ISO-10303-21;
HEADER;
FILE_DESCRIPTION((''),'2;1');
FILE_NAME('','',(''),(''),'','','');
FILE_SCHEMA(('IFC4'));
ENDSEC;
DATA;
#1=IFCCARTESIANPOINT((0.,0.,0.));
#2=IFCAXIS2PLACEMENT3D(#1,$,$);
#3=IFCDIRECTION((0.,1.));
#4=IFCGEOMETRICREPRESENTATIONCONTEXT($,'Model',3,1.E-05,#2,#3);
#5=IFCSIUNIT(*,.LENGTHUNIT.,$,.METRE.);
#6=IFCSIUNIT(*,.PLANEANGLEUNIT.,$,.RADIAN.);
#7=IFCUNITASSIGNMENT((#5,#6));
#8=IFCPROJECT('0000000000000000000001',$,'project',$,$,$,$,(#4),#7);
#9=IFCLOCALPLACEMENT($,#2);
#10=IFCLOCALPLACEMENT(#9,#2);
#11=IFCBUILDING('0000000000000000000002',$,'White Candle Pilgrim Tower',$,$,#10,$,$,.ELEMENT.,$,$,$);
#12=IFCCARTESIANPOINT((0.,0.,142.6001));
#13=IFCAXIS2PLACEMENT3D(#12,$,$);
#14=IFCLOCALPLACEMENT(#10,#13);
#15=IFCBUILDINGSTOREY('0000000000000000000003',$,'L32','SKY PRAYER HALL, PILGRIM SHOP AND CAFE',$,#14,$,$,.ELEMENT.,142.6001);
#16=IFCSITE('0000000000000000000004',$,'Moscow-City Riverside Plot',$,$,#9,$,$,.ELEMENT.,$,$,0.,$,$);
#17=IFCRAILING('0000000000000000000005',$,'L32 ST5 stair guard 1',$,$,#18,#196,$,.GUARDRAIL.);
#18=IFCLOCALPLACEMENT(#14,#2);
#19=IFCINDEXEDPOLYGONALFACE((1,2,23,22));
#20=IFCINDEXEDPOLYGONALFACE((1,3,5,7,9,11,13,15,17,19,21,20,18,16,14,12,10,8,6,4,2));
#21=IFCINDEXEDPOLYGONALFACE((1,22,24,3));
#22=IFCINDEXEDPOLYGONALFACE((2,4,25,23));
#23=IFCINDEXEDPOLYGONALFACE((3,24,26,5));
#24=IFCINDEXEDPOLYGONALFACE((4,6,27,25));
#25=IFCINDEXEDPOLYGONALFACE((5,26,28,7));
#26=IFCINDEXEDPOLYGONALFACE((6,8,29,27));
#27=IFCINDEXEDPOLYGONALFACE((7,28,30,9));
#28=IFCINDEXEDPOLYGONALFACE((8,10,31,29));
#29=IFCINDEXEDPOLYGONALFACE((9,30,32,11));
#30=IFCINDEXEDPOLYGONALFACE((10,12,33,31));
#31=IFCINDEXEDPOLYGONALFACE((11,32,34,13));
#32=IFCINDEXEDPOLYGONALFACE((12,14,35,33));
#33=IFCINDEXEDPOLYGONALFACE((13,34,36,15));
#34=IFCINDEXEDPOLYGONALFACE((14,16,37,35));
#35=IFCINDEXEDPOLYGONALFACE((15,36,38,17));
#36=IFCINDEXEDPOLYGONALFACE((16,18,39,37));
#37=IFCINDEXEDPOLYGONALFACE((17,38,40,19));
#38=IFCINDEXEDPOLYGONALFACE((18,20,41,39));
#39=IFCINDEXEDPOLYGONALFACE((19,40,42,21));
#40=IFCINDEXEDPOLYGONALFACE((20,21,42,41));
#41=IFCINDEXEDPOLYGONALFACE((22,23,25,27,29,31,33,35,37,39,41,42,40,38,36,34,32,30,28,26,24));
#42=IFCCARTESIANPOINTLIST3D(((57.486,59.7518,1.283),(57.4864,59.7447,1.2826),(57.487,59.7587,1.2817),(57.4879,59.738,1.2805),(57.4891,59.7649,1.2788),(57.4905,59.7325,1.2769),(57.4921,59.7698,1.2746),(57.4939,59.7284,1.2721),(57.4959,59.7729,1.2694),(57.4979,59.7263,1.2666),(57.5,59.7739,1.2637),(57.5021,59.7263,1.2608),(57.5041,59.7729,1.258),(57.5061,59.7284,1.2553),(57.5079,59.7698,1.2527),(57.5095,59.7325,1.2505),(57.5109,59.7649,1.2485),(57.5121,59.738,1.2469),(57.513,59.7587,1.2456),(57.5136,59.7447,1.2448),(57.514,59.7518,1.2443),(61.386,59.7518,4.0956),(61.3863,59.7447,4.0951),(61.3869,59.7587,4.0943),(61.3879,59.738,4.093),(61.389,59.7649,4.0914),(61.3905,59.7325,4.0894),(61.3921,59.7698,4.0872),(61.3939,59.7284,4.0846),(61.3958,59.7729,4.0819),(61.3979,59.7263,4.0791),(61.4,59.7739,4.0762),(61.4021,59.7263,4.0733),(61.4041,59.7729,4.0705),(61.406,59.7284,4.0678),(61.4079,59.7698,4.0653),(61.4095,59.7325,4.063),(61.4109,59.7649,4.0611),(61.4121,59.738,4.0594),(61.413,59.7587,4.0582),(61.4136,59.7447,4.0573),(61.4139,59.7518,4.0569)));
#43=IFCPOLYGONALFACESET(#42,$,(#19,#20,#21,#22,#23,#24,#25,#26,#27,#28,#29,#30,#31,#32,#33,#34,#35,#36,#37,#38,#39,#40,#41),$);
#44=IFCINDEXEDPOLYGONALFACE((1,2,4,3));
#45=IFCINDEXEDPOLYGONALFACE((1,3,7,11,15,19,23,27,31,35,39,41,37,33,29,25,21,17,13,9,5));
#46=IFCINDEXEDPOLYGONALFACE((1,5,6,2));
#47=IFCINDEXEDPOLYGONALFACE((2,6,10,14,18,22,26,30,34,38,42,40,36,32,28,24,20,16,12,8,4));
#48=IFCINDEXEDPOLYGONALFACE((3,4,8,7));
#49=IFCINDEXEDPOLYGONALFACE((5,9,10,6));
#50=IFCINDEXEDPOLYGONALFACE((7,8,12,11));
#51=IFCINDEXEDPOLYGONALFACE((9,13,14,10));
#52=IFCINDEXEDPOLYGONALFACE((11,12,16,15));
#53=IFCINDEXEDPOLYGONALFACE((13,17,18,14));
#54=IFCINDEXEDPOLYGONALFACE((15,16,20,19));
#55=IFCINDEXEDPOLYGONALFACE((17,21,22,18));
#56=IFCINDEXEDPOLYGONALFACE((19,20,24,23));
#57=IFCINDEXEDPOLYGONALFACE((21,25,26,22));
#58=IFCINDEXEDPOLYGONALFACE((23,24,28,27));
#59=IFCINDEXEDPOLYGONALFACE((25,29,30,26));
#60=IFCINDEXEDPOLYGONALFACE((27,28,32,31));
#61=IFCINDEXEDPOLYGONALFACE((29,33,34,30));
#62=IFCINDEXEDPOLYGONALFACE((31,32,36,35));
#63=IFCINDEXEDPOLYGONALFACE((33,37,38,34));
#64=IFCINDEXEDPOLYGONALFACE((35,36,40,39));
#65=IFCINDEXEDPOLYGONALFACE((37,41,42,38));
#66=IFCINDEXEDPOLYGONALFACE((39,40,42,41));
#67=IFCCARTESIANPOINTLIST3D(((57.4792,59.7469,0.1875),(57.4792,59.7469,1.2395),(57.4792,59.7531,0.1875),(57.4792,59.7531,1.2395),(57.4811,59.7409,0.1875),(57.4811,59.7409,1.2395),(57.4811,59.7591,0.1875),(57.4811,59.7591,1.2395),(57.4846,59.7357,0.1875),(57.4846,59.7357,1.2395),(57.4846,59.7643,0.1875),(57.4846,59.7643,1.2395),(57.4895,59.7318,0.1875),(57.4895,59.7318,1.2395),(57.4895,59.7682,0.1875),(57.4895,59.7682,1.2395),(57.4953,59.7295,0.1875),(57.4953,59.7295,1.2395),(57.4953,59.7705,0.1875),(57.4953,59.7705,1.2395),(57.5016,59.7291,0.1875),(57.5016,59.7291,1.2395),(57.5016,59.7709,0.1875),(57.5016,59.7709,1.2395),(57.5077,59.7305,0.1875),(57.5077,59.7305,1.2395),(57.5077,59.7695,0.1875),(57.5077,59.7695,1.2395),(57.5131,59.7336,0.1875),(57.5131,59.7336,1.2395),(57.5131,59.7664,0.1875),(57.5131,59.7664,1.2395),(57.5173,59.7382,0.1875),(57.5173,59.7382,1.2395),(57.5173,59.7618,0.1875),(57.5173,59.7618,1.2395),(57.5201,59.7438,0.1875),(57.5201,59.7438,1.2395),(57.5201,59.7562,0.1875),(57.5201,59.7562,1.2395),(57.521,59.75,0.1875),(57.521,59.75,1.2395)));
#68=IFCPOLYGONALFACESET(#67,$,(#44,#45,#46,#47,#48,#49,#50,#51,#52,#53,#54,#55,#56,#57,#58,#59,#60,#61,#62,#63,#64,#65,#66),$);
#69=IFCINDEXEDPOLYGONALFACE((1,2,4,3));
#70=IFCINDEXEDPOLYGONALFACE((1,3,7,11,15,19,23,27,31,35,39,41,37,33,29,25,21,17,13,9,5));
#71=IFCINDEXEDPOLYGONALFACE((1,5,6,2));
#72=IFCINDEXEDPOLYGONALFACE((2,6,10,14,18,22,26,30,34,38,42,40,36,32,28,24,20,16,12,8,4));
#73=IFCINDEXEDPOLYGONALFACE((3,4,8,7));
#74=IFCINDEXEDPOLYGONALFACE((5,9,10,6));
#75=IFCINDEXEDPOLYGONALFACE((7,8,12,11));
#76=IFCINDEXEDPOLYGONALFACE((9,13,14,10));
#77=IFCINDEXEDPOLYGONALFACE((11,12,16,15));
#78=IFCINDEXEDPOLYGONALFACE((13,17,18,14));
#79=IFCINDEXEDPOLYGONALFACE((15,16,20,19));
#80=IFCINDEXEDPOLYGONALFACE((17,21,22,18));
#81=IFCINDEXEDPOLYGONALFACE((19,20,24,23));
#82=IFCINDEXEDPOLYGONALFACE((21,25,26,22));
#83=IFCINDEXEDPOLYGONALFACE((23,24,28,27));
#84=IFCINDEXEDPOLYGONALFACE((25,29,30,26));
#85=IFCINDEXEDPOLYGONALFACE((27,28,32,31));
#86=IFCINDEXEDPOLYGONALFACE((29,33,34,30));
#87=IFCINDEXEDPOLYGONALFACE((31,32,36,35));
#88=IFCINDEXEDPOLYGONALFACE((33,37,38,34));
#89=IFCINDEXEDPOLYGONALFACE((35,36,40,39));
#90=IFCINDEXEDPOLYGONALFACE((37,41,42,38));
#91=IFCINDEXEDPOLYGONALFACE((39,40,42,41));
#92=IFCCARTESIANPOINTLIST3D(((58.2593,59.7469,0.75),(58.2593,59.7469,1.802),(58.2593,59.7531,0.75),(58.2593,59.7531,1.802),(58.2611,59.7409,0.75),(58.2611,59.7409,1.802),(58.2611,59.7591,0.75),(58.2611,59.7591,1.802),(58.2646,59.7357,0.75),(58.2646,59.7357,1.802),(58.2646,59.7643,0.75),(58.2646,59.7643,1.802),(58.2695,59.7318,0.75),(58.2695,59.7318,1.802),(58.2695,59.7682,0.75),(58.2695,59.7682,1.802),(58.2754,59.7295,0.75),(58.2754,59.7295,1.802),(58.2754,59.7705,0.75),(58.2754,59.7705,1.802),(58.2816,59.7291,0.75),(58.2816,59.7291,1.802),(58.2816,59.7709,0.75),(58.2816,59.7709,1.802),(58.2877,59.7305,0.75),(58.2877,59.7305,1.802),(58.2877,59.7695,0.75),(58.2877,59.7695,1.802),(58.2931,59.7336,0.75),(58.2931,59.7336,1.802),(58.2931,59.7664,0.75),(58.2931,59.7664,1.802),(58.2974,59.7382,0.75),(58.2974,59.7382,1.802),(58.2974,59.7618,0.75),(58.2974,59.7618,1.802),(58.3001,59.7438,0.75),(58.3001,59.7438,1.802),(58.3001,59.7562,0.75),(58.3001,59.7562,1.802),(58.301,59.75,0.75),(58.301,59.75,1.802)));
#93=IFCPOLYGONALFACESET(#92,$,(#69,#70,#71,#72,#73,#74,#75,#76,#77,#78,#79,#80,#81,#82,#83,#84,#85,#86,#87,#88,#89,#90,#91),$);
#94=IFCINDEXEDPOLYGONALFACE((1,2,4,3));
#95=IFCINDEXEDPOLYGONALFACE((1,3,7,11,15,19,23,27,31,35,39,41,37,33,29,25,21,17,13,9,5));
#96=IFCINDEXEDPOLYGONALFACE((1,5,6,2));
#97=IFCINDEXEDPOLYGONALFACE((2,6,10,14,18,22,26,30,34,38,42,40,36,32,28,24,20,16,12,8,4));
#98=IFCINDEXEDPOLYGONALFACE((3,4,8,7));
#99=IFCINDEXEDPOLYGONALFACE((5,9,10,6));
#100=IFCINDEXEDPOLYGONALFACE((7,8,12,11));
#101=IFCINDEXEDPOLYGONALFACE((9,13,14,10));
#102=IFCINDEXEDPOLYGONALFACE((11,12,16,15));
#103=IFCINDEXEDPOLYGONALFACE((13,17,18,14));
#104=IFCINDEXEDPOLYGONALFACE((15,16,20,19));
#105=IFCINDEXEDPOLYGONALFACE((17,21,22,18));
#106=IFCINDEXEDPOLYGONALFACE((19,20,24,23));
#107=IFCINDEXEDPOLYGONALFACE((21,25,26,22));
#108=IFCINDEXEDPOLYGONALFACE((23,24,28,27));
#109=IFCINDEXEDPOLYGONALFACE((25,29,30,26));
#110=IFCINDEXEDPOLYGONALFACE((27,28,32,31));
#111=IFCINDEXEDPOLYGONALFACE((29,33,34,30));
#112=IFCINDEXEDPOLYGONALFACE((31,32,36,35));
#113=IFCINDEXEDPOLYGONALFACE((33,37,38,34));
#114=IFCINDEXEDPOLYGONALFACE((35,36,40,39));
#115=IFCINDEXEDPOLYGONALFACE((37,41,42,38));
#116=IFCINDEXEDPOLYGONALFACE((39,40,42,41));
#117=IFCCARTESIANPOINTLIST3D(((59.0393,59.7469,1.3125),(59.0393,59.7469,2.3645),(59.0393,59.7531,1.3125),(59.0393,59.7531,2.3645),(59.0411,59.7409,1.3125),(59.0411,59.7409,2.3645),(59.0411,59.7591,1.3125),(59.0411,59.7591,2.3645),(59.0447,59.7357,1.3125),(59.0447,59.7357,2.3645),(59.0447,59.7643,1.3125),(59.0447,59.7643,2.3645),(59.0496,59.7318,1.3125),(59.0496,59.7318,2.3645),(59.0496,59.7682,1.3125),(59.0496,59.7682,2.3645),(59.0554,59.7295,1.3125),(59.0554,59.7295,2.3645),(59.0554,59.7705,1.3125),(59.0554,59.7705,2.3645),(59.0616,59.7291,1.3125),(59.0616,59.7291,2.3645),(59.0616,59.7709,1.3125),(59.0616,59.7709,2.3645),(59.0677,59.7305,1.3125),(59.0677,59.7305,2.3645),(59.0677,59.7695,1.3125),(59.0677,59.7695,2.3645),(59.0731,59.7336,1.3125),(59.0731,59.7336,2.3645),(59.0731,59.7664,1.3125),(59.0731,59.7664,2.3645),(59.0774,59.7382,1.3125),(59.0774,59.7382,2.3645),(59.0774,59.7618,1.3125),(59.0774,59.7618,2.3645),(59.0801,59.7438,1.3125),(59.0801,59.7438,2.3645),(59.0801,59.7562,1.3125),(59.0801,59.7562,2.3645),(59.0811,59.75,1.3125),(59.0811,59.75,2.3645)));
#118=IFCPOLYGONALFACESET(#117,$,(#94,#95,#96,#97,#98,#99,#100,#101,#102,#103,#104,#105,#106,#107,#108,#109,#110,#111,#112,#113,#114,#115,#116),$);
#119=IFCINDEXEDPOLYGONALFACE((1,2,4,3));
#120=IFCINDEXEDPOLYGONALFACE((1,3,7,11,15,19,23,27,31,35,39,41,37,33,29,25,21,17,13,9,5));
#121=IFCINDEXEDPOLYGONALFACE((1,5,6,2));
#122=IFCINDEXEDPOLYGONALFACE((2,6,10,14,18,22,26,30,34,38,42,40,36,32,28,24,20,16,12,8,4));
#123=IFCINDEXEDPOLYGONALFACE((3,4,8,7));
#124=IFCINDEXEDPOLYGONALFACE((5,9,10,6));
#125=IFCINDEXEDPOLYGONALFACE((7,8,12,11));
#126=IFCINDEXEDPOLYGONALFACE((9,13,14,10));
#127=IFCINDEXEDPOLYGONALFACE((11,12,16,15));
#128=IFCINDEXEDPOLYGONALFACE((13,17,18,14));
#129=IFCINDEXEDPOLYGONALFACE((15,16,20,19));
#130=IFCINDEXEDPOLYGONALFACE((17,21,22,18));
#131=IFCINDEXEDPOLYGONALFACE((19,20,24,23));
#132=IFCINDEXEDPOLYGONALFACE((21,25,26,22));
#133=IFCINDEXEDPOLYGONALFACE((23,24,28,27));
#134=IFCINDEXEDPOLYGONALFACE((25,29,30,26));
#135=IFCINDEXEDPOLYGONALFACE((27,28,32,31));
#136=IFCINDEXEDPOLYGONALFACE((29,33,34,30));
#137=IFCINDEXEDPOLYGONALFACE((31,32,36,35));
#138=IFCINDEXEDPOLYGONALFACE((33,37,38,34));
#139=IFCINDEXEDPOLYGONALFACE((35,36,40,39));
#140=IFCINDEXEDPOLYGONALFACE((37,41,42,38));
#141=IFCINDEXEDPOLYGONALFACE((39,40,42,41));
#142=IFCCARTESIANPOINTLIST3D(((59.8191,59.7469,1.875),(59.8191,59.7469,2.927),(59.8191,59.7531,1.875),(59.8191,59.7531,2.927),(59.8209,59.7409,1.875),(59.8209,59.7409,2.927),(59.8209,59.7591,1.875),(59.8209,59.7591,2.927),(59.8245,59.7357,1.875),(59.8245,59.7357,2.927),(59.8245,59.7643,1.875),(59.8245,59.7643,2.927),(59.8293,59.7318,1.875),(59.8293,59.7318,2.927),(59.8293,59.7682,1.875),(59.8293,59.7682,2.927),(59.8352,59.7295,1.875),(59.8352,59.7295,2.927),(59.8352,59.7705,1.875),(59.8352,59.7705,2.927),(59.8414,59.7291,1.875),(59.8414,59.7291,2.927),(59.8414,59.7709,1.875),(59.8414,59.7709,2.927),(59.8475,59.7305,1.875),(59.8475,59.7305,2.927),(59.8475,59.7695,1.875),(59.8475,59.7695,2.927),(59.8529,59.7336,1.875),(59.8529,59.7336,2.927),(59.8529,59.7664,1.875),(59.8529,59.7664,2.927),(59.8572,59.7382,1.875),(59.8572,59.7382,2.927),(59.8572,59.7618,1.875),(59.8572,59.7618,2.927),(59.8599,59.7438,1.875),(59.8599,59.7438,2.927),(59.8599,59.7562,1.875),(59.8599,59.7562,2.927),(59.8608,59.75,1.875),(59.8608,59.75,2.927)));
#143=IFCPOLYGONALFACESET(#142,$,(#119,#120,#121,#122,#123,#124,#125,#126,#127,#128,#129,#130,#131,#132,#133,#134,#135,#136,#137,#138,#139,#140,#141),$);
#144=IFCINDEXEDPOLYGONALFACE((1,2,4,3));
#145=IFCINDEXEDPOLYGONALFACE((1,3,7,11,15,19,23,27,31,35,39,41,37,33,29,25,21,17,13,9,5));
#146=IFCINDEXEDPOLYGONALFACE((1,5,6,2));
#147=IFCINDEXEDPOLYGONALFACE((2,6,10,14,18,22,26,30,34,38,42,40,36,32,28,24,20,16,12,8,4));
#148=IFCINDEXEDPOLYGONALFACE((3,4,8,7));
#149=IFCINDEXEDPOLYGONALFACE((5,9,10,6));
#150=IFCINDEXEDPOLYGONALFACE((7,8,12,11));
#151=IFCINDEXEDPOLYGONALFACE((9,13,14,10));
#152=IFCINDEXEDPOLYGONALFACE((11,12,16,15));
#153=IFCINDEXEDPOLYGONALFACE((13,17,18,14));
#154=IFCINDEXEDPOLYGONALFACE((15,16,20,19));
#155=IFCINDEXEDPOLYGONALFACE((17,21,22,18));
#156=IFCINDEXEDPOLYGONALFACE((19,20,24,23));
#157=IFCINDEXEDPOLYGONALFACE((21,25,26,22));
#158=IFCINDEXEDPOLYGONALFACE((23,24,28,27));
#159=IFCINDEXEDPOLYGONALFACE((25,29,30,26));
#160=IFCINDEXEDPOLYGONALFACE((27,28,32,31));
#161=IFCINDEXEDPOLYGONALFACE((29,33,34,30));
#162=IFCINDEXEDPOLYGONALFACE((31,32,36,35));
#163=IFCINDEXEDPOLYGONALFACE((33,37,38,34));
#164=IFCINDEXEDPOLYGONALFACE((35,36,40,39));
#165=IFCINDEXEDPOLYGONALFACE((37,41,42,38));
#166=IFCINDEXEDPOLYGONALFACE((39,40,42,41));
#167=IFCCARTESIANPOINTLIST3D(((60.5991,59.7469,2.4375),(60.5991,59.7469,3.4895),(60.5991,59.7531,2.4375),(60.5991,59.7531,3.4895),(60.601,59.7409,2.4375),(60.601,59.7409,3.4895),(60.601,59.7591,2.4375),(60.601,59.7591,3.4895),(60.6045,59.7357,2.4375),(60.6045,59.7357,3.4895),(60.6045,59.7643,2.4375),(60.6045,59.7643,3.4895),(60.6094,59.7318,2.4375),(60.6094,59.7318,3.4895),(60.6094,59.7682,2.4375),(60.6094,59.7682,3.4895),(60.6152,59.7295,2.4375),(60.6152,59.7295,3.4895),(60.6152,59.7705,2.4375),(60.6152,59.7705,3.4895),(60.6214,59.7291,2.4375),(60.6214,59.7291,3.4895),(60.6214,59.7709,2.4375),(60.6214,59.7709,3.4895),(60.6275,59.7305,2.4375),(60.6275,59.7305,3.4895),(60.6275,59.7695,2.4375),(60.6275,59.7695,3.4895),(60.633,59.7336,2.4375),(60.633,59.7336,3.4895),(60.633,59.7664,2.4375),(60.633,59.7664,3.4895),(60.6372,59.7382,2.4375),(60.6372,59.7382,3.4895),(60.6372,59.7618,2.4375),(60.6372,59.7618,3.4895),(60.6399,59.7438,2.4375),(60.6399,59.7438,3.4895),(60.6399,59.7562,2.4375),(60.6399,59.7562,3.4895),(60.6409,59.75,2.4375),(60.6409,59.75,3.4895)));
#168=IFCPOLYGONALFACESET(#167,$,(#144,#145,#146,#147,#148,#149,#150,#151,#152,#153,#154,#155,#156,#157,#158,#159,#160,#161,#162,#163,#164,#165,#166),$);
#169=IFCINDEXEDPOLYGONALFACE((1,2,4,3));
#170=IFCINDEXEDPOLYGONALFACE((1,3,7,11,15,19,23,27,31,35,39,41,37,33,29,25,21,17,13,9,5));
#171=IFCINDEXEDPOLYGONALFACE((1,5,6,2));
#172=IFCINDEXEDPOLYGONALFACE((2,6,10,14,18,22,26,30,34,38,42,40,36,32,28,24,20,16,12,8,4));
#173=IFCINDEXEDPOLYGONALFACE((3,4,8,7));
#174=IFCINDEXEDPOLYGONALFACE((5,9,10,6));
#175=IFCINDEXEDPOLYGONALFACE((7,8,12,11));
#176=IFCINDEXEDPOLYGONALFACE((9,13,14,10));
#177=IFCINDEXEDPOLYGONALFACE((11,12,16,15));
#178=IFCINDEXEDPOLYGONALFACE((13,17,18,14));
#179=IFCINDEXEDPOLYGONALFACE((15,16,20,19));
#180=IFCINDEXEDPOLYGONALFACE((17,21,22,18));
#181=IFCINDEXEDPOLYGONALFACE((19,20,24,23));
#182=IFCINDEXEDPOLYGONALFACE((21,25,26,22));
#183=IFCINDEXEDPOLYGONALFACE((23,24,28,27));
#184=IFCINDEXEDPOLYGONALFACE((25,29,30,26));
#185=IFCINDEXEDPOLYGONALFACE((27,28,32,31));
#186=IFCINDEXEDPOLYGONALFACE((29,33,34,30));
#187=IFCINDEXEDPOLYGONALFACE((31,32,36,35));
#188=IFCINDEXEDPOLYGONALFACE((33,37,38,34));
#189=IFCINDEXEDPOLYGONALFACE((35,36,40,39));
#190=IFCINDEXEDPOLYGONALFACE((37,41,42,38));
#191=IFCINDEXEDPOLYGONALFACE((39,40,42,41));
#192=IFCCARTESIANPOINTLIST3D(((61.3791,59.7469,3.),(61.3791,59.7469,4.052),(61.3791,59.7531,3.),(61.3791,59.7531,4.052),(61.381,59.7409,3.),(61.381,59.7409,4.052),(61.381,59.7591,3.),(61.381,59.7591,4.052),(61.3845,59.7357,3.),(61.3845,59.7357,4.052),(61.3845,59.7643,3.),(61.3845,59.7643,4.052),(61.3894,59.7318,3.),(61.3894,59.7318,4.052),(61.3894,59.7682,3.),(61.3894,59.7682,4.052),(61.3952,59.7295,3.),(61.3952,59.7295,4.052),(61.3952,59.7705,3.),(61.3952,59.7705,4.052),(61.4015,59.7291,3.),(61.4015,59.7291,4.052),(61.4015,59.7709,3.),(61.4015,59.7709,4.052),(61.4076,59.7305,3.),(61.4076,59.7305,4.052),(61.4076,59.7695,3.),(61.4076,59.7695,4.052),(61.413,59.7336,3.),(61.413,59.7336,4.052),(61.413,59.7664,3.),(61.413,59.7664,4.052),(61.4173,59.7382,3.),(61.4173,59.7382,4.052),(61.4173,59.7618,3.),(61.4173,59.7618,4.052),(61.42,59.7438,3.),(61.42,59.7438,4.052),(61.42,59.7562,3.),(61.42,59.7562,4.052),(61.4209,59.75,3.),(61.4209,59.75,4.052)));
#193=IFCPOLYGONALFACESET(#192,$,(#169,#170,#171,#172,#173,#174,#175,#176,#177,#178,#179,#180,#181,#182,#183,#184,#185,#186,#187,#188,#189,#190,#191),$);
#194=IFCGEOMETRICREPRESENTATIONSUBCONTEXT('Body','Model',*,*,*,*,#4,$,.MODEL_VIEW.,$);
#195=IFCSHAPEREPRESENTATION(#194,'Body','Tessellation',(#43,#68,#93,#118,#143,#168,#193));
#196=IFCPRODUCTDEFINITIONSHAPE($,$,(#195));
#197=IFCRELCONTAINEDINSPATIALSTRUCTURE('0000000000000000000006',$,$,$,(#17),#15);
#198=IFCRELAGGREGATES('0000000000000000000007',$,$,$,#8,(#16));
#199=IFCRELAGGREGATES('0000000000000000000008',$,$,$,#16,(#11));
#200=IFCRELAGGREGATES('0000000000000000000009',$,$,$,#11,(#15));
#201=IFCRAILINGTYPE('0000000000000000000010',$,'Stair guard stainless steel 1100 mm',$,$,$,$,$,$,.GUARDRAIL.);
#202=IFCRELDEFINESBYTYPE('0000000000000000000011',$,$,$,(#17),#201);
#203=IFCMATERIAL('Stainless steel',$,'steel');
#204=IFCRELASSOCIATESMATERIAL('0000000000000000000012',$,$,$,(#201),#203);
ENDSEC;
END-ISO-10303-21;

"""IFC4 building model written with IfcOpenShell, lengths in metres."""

from ifc_helpers import new_model, si_unit, direction, frame, origin, origin_2d, place, context, subcontext, project, spatial, circle, extrude, material, type_object, element, save


model = new_model("IFC4")

# Units and contexts
model_context = context("Model", 3, precision=1e-05, world=origin(), true_north=direction((0.0, 1.0)))
body_context = subcontext(model_context, "Body", "Model", "MODEL_VIEW")
ifc_project = project(units=[si_unit("LENGTHUNIT", "METRE"), si_unit("PLANEANGLEUNIT", "RADIAN")], contexts=[model_context])

# Site, building, storey
site_placement = place(None, origin())
site = spatial("IfcSite", under=ifc_project, at=site_placement, Name="Moscow-City Riverside Plot", CompositionType="ELEMENT", RefElevation=0.0)
building_placement = place(site_placement, origin())
building = spatial("IfcBuilding", under=site, at=building_placement, Name="White Candle Pilgrim Tower", CompositionType="ELEMENT")
storey_placement = place(building_placement, frame((0.0, 0.0, 142.6001)))
storey = spatial("IfcBuildingStorey", under=building, at=storey_placement, Name="L32", Description="SKY PRAYER HALL, PILGRIM SHOP AND CAFE", CompositionType="ELEMENT", Elevation=142.6001)

# Railing
ifc_material_1 = material(Name="Stainless steel", Category="steel")
railing_type_1 = type_object("IfcRailingType", Name="Stair guard stainless steel 1100 mm", PredefinedType="GUARDRAIL", material=ifc_material_1)
railing_1_placement = place(storey_placement, frame((57.5, 59.75, 0.1875)))
element("IfcRailing", 1, at=railing_1_placement, inside=storey, type_object=railing_type_1, Name="L32 ST5 stair guard 1", PredefinedType="GUARDRAIL", context=body_context, shape_type="SweptSolid", body=[
    extrude(circle(Radius=0.0239, at=origin_2d()), frame((0.0, 0.0, 1.0762), z_axis=(0.811083, 0.0, 0.584931), x_axis=(0.0, 1.0, 0.0)), (0.0, 0.0, 1.0), 4.8083),
    extrude(circle(Radius=0.021, at=origin_2d()), origin(), (0.0, 0.0, 1.0), 1.052),
    extrude(circle(Radius=0.021, at=origin_2d()), frame((0.78, 0.0, 0.5625)), (0.0, 0.0, 1.0), 1.052),
    extrude(circle(Radius=0.021, at=origin_2d()), frame((1.5601, 0.0, 1.125)), (0.0, 0.0, 1.0), 1.052),
    extrude(circle(Radius=0.021, at=origin_2d()), frame((2.3398, 0.0, 1.6875)), (0.0, 0.0, 1.0), 1.052),
    extrude(circle(Radius=0.021, at=origin_2d()), frame((3.1199, 0.0, 2.25)), (0.0, 0.0, 1.0), 1.052),
    extrude(circle(Radius=0.021, at=origin_2d()), frame((3.8999, 0.0, 2.8125)), (0.0, 0.0, 1.0), 1.052),
])

save(model, "model.ifc")
